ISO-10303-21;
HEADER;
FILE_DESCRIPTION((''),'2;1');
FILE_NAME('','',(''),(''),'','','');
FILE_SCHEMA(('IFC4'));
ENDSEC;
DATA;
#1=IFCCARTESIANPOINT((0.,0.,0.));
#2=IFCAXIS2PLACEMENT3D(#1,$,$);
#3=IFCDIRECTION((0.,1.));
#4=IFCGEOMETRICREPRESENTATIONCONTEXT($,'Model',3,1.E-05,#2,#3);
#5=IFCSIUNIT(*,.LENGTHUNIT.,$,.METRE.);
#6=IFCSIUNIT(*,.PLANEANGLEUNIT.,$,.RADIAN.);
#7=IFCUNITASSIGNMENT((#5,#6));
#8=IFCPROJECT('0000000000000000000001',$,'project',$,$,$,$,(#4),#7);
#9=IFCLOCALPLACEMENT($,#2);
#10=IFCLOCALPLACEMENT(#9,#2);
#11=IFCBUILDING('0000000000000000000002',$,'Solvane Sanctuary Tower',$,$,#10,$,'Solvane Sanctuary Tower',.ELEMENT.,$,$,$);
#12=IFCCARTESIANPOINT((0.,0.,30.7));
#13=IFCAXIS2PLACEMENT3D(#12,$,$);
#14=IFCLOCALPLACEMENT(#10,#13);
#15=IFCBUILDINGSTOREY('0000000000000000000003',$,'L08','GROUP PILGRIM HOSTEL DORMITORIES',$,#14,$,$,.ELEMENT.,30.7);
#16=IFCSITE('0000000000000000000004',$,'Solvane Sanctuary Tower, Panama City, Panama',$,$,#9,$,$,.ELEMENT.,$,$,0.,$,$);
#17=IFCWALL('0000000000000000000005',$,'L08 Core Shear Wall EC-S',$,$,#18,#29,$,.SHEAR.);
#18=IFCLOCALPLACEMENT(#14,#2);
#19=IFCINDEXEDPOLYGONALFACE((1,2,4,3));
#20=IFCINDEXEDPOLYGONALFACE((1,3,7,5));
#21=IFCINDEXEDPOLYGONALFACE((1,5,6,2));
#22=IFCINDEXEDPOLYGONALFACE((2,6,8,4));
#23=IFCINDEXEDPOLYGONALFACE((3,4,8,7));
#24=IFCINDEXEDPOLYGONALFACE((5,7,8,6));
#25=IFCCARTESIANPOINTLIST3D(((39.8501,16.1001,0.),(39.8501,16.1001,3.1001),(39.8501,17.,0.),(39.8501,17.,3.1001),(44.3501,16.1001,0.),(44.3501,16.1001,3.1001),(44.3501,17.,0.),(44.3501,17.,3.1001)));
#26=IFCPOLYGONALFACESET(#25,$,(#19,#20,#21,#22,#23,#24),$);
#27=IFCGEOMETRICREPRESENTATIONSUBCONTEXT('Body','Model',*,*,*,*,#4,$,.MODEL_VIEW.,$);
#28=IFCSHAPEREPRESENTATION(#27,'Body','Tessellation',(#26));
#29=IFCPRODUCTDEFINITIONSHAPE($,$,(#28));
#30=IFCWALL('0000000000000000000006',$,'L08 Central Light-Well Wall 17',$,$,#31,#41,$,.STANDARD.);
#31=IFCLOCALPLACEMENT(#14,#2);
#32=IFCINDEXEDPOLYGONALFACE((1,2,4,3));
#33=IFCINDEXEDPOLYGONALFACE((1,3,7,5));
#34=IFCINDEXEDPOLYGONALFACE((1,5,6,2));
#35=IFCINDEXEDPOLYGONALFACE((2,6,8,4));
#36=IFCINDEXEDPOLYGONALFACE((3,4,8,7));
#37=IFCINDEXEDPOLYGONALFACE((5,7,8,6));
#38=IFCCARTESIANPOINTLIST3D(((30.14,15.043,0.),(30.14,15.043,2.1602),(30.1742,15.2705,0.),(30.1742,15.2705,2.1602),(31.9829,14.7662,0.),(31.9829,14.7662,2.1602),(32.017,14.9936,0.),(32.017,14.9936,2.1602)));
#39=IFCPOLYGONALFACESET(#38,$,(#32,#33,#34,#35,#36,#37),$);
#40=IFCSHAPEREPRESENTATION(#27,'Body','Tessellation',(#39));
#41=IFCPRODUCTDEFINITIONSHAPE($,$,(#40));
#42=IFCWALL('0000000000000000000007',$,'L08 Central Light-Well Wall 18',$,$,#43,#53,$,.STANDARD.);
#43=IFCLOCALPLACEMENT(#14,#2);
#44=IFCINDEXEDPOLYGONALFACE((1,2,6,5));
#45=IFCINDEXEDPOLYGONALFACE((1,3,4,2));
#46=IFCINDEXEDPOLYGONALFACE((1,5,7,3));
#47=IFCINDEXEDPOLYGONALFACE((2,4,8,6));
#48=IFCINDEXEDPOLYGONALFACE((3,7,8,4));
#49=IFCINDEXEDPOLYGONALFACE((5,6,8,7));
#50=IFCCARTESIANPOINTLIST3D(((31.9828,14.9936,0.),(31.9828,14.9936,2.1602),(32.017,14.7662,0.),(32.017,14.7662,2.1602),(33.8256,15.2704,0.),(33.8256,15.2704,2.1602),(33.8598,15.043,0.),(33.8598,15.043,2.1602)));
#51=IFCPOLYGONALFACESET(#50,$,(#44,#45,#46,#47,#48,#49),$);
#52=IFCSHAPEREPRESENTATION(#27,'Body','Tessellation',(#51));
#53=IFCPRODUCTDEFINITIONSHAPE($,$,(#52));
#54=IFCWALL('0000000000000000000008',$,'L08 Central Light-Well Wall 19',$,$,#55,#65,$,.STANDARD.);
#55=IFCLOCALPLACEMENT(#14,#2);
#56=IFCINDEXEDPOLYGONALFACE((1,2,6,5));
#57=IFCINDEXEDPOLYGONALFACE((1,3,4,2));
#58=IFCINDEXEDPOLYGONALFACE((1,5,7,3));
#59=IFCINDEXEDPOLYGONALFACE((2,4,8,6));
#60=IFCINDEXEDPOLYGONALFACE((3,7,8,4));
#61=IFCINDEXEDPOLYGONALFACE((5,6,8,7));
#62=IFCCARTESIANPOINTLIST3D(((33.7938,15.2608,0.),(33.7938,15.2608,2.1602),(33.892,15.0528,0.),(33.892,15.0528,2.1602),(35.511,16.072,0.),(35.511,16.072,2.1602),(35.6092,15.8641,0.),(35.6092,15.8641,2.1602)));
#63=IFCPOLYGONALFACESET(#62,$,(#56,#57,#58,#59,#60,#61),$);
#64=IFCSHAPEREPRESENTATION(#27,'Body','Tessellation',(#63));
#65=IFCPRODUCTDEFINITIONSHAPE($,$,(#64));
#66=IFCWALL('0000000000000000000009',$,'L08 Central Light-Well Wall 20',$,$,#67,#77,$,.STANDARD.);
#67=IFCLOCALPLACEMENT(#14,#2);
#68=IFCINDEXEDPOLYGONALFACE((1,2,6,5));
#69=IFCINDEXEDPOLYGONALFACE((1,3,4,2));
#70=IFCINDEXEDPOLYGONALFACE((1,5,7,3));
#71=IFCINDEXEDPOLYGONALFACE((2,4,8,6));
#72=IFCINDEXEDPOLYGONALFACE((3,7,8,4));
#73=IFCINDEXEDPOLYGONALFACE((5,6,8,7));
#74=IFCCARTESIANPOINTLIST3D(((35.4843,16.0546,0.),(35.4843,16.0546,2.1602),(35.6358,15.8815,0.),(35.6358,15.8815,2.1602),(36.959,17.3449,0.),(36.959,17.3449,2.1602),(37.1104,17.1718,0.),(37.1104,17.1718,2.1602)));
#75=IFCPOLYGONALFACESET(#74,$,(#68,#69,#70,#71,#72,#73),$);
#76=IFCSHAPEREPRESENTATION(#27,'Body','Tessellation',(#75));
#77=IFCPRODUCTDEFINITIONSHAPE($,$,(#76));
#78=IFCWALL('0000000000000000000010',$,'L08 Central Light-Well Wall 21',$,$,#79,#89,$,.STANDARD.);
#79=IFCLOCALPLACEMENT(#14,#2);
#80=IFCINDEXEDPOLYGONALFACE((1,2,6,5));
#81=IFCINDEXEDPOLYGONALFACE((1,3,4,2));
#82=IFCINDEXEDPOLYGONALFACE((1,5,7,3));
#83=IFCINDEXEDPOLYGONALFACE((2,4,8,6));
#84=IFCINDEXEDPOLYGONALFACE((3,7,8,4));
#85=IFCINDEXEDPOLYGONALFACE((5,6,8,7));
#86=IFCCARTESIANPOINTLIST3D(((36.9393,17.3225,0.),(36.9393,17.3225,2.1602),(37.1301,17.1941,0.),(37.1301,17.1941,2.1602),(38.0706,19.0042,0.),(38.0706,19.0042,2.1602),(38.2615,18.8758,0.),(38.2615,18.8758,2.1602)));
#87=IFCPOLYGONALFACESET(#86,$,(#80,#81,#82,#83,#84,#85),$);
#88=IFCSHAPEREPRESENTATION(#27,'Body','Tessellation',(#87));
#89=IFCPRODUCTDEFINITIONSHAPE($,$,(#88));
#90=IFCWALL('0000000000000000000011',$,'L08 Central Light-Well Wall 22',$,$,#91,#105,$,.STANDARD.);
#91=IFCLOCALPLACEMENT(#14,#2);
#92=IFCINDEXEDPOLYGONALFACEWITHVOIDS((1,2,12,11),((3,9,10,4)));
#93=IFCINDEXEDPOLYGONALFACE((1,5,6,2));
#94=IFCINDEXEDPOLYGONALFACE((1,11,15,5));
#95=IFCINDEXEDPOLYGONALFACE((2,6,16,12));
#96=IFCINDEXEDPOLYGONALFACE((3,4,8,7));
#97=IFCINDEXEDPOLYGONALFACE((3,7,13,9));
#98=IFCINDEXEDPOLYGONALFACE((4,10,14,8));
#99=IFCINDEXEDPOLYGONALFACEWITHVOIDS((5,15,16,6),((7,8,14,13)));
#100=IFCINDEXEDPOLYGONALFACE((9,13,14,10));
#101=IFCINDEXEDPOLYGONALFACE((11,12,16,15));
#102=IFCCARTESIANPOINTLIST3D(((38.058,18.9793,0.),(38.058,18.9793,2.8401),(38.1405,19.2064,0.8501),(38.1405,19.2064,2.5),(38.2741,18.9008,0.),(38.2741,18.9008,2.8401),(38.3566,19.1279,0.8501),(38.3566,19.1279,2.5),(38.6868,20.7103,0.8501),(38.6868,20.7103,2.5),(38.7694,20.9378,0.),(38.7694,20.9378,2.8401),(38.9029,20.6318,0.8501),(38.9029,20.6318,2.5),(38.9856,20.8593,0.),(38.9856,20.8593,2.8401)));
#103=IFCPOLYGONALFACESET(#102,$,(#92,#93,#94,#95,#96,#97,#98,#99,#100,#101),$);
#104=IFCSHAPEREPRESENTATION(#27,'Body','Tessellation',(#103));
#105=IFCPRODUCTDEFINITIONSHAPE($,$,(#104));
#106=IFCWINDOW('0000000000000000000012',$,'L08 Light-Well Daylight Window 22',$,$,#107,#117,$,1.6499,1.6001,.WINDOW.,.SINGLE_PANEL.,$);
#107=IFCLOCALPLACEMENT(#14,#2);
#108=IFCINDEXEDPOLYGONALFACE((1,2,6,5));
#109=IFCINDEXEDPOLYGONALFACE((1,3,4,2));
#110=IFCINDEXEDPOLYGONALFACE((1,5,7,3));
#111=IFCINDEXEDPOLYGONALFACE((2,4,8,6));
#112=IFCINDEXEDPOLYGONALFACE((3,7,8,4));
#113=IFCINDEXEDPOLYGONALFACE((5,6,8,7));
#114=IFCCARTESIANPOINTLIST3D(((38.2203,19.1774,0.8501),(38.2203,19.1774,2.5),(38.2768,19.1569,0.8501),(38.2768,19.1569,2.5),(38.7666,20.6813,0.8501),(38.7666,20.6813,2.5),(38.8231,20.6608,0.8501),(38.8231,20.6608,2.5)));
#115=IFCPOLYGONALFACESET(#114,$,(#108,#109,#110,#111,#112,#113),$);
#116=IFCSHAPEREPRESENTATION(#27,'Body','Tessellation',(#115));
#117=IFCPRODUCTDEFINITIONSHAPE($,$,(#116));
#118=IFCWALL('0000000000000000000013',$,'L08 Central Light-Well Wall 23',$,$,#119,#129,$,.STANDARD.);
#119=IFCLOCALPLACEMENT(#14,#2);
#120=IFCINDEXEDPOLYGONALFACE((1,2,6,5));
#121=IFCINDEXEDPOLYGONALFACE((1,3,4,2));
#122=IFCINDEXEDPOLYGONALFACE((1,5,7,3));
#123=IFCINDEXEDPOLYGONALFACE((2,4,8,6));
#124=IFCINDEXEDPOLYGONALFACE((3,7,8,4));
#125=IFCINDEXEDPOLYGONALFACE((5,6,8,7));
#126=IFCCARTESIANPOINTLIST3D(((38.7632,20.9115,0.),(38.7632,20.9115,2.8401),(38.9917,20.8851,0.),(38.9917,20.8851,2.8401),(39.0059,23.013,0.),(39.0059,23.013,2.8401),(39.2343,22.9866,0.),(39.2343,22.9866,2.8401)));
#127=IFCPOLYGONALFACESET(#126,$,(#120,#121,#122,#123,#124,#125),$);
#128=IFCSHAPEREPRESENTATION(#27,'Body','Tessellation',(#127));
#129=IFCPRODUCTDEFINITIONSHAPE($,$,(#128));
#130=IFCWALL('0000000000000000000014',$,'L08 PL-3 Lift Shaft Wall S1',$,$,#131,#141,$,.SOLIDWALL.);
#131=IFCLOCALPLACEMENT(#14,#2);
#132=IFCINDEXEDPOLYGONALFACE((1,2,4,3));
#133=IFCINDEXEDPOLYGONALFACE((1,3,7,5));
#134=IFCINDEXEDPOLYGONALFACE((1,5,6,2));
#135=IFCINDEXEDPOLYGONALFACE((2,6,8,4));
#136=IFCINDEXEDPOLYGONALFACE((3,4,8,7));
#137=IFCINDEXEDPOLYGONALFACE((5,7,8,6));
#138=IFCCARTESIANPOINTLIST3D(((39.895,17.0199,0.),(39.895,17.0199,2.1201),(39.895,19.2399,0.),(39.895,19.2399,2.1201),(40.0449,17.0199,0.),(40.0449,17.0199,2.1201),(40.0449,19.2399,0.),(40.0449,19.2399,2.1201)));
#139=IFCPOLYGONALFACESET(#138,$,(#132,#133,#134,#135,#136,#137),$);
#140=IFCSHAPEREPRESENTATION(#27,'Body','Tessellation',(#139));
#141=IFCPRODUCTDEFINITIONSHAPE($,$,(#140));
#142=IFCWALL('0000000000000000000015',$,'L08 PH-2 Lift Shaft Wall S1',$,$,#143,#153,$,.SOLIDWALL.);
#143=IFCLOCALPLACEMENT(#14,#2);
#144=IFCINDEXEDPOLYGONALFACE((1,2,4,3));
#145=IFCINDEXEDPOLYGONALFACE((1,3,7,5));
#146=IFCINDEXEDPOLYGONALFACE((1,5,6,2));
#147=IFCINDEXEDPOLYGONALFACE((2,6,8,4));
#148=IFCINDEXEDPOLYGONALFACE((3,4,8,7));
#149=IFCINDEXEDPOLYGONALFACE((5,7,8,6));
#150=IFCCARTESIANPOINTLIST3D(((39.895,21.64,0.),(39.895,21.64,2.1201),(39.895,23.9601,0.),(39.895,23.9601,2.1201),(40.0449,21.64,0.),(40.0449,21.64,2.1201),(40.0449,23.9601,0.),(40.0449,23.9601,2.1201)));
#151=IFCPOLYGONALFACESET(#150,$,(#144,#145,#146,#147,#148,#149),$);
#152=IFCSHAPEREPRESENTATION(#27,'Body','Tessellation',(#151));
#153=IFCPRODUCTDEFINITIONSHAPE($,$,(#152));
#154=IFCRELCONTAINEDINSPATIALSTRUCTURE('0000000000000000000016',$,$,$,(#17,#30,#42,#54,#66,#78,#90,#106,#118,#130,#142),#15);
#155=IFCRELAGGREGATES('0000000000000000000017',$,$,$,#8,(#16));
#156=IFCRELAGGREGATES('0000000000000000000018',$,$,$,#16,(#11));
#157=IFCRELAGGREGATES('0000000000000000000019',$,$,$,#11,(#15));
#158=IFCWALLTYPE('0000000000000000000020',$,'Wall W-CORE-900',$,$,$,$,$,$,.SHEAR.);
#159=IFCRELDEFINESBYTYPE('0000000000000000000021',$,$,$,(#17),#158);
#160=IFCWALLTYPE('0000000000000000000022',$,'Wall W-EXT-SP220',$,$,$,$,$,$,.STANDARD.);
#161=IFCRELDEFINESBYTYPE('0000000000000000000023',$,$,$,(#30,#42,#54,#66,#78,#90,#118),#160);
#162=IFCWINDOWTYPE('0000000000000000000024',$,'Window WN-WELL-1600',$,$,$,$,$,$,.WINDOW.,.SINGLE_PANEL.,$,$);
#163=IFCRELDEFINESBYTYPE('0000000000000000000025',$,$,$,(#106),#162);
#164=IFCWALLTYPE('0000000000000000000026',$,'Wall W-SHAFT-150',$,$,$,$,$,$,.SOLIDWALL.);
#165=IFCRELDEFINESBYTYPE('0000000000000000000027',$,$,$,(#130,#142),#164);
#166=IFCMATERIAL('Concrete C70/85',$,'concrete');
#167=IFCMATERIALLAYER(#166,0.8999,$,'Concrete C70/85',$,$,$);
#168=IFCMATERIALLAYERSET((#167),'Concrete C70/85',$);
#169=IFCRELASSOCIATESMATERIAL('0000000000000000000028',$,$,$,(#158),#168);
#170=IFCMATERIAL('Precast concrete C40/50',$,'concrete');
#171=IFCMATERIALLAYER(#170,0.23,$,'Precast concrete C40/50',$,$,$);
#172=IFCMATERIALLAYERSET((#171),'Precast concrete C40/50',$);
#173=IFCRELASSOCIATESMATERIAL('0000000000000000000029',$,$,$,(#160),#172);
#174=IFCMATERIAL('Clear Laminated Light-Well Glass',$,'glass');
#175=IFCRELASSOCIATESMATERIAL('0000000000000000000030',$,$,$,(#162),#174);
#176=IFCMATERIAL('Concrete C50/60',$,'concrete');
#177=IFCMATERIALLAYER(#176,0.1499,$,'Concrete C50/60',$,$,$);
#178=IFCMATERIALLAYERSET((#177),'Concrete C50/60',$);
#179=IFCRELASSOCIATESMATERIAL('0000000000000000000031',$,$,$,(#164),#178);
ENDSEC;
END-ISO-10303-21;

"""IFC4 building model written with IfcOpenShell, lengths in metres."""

from ifc_helpers import new_model, si_unit, direction, frame, frame_2d, origin, place, context, subcontext, project, spatial, rectangle, extrude, material, layer, layer_set, type_object, element, fill, save


model = new_model("IFC4")

# Units and contexts
model_context = context("Model", 3, precision=1e-05, world=origin(), true_north=direction((0.0, 1.0)))
body_context = subcontext(model_context, "Body", "Model", "MODEL_VIEW")
ifc_project = project(units=[si_unit("LENGTHUNIT", "METRE"), si_unit("PLANEANGLEUNIT", "RADIAN")], contexts=[model_context])

# Site, building, storey
site_placement = place(None, origin())
site = spatial("IfcSite", under=ifc_project, at=site_placement, Name="Solvane Sanctuary Tower, Panama City, Panama", CompositionType="ELEMENT", RefElevation=0.0)
building_placement = place(site_placement, origin())
building = spatial("IfcBuilding", under=site, at=building_placement, Name="Solvane Sanctuary Tower", LongName="Solvane Sanctuary Tower", CompositionType="ELEMENT")
storey_placement = place(building_placement, frame((0.0, 0.0, 30.7)))
storey = spatial("IfcBuildingStorey", under=building, at=storey_placement, Name="L08", Description="GROUP PILGRIM HOSTEL DORMITORIES", CompositionType="ELEMENT", Elevation=30.7)

# Shared definitions
ifc_material_1 = material(Name="Concrete C70/85", Category="concrete")

# Walls
ifc_layer_1 = layer(ifc_material_1, 0.8999, Name="Concrete C70/85")
ifc_layer_set_1 = layer_set([ifc_layer_1], Name="Concrete C70/85")
wall_type_1 = type_object("IfcWallType", Name="Wall W-CORE-900", PredefinedType="SHEAR", material=ifc_layer_set_1)
wall_1_placement = place(storey_placement, frame((39.8501, 16.55, 0.0), z_axis=(0.0, 0.0, 1.0), x_axis=(1.0, 0.0, 0.0)))
element("IfcWall", 1, at=wall_1_placement, inside=storey, type_object=wall_type_1, Name="L08 Core Shear Wall EC-S", PredefinedType="SHEAR", context=body_context, shape_type="SweptSolid", body=[
    extrude(rectangle(XDim=4.5, YDim=0.8999, at=frame_2d((2.25, 0.0))), origin(), (0.0, 0.0, 1.0), 3.1001),
])
ifc_material_2 = material(Name="Precast concrete C40/50", Category="concrete")
ifc_layer_2 = layer(ifc_material_2, 0.23, Name="Precast concrete C40/50")
ifc_layer_set_2 = layer_set([ifc_layer_2], Name="Precast concrete C40/50")
wall_type_2 = type_object("IfcWallType", Name="Wall W-EXT-SP220", PredefinedType="STANDARD", material=ifc_layer_set_2)
for number, where, z_axis, x_axis, name in (
    (2, (30.1572, 15.1567, 0.0), (0.0, 0.0, 1.0), (0.988902, -0.148571, 0.0), "L08 Central Light-Well Wall 17"),
    (3, (32.0, 14.8799, 0.0), (0.0, 0.0, 1.0), (0.988902, 0.148571, 0.0), "L08 Central Light-Well Wall 18"),
):
    element("IfcWall", number, at=place(storey_placement, frame(where, z_axis=z_axis, x_axis=x_axis)), inside=storey, type_object=wall_type_2, Name=name, PredefinedType="STANDARD", context=body_context, shape_type="SweptSolid", body=[
        extrude(rectangle(XDim=1.8635, YDim=0.23, at=frame_2d((0.9316, 0.0))), origin(), (0.0, 0.0, 1.0), 2.1602),
    ])
wall_2_placement = place(storey_placement, frame((33.8428, 15.1567, 0.0), z_axis=(0.0, 0.0, 1.0), x_axis=(0.90418, 0.427152, 0.0)))
element("IfcWall", 4, at=wall_2_placement, inside=storey, type_object=wall_type_2, Name="L08 Central Light-Well Wall 19", PredefinedType="STANDARD", context=body_context, shape_type="SweptSolid", body=[
    extrude(rectangle(XDim=1.8992, YDim=0.23, at=frame_2d((0.9497, 0.0))), origin(), (0.0, 0.0, 1.0), 2.1602),
])
wall_3_placement = place(storey_placement, frame((35.5601, 15.968, 0.0), z_axis=(0.0, 0.0, 1.0), x_axis=(0.752577, 0.658505, 0.0)))
element("IfcWall", 5, at=wall_3_placement, inside=storey, type_object=wall_type_2, Name="L08 Central Light-Well Wall 20", PredefinedType="STANDARD", context=body_context, shape_type="SweptSolid", body=[
    extrude(rectangle(XDim=1.9595, YDim=0.23, at=frame_2d((0.9797, 0.0))), origin(), (0.0, 0.0, 1.0), 2.1602),
])
wall_4_placement = place(storey_placement, frame((37.0347, 17.2583, 0.0), z_axis=(0.0, 0.0, 1.0), x_axis=(0.558198, 0.829708, 0.0)))
element("IfcWall", 6, at=wall_4_placement, inside=storey, type_object=wall_type_2, Name="L08 Central Light-Well Wall 21", PredefinedType="STANDARD", context=body_context, shape_type="SweptSolid", body=[
    extrude(rectangle(XDim=2.0269, YDim=0.23, at=frame_2d((1.0134, 0.0))), origin(), (0.0, 0.0, 1.0), 2.1602),
])

# Wall, opening, window
wall_5_placement = place(storey_placement, frame((38.166, 18.9399, 0.0), z_axis=(0.0, 0.0, 1.0), x_axis=(0.341423, 0.93991, 0.0)))
wall_5 = element("IfcWall", 7, at=wall_5_placement, inside=storey, type_object=wall_type_2, Name="L08 Central Light-Well Wall 22", PredefinedType="STANDARD", context=body_context, shape_type="SweptSolid", body=[
    extrude(rectangle(XDim=2.0837, YDim=0.23, at=frame_2d((1.042, 0.0))), origin(), (0.0, 0.0, 1.0), 2.8401),
])
opening_placement = place(wall_5_placement, frame((0.2417, 0.0, 0.8501)))
opening = element("IfcOpeningElement", 8, at=opening_placement, cuts=wall_5, PredefinedType="OPENING", context=body_context, shape_type="SweptSolid", body=[
    extrude(rectangle(XDim=1.6001, YDim=1.6499, at=frame_2d((0.8, 0.825))), frame((0.0, 0.125, 0.0), z_axis=(0.0, -1.0, 0.0), x_axis=(1.0, 0.0, 0.0)), (0.0, 0.0, 1.0), 0.25),
])
ifc_material_3 = material(Name="Clear Laminated Light-Well Glass", Category="glass")
window_type = type_object("IfcWindowType", Name="Window WN-WELL-1600", PartitioningType="SINGLE_PANEL", PredefinedType="WINDOW", material=ifc_material_3)
window_placement = place(opening_placement, origin())
window = element("IfcWindow", 9, at=window_placement, inside=storey, type_object=window_type, Name="L08 Light-Well Daylight Window 22", OverallHeight=1.6499, OverallWidth=1.6001, PartitioningType="SINGLE_PANEL", PredefinedType="WINDOW", context=body_context, shape_type="SweptSolid", body=[
    extrude(rectangle(XDim=1.6001, YDim=1.6499, at=frame_2d((0.8, 0.825))), frame((0.0, 0.03, 0.0), z_axis=(0.0, -1.0, 0.0), x_axis=(1.0, 0.0, 0.0)), (0.0, 0.0, 1.0), 0.0601),
])
fill(opening, window)

# Walls
wall_6_placement = place(storey_placement, frame((38.8774, 20.8984, 0.0), z_axis=(0.0, 0.0, 1.0), x_axis=(0.114712, 0.993399, 0.0)))
element("IfcWall", 10, at=wall_6_placement, inside=storey, type_object=wall_type_2, Name="L08 Central Light-Well Wall 23", PredefinedType="STANDARD", context=body_context, shape_type="SweptSolid", body=[
    extrude(rectangle(XDim=2.1155, YDim=0.23, at=frame_2d((1.0576, 0.0))), origin(), (0.0, 0.0, 1.0), 2.8401),
])
ifc_material_4 = material(Name="Concrete C50/60", Category="concrete")
ifc_layer_3 = layer(ifc_material_4, 0.1499, Name="Concrete C50/60")
ifc_layer_set_3 = layer_set([ifc_layer_3], Name="Concrete C50/60")
wall_type_3 = type_object("IfcWallType", Name="Wall W-SHAFT-150", PredefinedType="SOLIDWALL", material=ifc_layer_set_3)
wall_7_placement = place(storey_placement, frame((39.97, 17.02, 0.0), z_axis=(0.0, 0.0, 1.0), x_axis=(0.0, 1.0, 0.0)))
element("IfcWall", 11, at=wall_7_placement, inside=storey, type_object=wall_type_3, Name="L08 PL-3 Lift Shaft Wall S1", PredefinedType="SOLIDWALL", context=body_context, shape_type="SweptSolid", body=[
    extrude(rectangle(XDim=2.22, YDim=0.1499, at=frame_2d((1.1099, 0.0))), origin(), (0.0, 0.0, 1.0), 2.1201),
])
wall_8_placement = place(storey_placement, frame((39.97, 21.6399, 0.0), z_axis=(0.0, 0.0, 1.0), x_axis=(0.0, 1.0, 0.0)))
element("IfcWall", 12, at=wall_8_placement, inside=storey, type_object=wall_type_3, Name="L08 PH-2 Lift Shaft Wall S1", PredefinedType="SOLIDWALL", context=body_context, shape_type="SweptSolid", body=[
    extrude(rectangle(XDim=2.3201, YDim=0.1499, at=frame_2d((1.1602, 0.0))), origin(), (0.0, 0.0, 1.0), 2.1201),
])

save(model, "model.ifc")
